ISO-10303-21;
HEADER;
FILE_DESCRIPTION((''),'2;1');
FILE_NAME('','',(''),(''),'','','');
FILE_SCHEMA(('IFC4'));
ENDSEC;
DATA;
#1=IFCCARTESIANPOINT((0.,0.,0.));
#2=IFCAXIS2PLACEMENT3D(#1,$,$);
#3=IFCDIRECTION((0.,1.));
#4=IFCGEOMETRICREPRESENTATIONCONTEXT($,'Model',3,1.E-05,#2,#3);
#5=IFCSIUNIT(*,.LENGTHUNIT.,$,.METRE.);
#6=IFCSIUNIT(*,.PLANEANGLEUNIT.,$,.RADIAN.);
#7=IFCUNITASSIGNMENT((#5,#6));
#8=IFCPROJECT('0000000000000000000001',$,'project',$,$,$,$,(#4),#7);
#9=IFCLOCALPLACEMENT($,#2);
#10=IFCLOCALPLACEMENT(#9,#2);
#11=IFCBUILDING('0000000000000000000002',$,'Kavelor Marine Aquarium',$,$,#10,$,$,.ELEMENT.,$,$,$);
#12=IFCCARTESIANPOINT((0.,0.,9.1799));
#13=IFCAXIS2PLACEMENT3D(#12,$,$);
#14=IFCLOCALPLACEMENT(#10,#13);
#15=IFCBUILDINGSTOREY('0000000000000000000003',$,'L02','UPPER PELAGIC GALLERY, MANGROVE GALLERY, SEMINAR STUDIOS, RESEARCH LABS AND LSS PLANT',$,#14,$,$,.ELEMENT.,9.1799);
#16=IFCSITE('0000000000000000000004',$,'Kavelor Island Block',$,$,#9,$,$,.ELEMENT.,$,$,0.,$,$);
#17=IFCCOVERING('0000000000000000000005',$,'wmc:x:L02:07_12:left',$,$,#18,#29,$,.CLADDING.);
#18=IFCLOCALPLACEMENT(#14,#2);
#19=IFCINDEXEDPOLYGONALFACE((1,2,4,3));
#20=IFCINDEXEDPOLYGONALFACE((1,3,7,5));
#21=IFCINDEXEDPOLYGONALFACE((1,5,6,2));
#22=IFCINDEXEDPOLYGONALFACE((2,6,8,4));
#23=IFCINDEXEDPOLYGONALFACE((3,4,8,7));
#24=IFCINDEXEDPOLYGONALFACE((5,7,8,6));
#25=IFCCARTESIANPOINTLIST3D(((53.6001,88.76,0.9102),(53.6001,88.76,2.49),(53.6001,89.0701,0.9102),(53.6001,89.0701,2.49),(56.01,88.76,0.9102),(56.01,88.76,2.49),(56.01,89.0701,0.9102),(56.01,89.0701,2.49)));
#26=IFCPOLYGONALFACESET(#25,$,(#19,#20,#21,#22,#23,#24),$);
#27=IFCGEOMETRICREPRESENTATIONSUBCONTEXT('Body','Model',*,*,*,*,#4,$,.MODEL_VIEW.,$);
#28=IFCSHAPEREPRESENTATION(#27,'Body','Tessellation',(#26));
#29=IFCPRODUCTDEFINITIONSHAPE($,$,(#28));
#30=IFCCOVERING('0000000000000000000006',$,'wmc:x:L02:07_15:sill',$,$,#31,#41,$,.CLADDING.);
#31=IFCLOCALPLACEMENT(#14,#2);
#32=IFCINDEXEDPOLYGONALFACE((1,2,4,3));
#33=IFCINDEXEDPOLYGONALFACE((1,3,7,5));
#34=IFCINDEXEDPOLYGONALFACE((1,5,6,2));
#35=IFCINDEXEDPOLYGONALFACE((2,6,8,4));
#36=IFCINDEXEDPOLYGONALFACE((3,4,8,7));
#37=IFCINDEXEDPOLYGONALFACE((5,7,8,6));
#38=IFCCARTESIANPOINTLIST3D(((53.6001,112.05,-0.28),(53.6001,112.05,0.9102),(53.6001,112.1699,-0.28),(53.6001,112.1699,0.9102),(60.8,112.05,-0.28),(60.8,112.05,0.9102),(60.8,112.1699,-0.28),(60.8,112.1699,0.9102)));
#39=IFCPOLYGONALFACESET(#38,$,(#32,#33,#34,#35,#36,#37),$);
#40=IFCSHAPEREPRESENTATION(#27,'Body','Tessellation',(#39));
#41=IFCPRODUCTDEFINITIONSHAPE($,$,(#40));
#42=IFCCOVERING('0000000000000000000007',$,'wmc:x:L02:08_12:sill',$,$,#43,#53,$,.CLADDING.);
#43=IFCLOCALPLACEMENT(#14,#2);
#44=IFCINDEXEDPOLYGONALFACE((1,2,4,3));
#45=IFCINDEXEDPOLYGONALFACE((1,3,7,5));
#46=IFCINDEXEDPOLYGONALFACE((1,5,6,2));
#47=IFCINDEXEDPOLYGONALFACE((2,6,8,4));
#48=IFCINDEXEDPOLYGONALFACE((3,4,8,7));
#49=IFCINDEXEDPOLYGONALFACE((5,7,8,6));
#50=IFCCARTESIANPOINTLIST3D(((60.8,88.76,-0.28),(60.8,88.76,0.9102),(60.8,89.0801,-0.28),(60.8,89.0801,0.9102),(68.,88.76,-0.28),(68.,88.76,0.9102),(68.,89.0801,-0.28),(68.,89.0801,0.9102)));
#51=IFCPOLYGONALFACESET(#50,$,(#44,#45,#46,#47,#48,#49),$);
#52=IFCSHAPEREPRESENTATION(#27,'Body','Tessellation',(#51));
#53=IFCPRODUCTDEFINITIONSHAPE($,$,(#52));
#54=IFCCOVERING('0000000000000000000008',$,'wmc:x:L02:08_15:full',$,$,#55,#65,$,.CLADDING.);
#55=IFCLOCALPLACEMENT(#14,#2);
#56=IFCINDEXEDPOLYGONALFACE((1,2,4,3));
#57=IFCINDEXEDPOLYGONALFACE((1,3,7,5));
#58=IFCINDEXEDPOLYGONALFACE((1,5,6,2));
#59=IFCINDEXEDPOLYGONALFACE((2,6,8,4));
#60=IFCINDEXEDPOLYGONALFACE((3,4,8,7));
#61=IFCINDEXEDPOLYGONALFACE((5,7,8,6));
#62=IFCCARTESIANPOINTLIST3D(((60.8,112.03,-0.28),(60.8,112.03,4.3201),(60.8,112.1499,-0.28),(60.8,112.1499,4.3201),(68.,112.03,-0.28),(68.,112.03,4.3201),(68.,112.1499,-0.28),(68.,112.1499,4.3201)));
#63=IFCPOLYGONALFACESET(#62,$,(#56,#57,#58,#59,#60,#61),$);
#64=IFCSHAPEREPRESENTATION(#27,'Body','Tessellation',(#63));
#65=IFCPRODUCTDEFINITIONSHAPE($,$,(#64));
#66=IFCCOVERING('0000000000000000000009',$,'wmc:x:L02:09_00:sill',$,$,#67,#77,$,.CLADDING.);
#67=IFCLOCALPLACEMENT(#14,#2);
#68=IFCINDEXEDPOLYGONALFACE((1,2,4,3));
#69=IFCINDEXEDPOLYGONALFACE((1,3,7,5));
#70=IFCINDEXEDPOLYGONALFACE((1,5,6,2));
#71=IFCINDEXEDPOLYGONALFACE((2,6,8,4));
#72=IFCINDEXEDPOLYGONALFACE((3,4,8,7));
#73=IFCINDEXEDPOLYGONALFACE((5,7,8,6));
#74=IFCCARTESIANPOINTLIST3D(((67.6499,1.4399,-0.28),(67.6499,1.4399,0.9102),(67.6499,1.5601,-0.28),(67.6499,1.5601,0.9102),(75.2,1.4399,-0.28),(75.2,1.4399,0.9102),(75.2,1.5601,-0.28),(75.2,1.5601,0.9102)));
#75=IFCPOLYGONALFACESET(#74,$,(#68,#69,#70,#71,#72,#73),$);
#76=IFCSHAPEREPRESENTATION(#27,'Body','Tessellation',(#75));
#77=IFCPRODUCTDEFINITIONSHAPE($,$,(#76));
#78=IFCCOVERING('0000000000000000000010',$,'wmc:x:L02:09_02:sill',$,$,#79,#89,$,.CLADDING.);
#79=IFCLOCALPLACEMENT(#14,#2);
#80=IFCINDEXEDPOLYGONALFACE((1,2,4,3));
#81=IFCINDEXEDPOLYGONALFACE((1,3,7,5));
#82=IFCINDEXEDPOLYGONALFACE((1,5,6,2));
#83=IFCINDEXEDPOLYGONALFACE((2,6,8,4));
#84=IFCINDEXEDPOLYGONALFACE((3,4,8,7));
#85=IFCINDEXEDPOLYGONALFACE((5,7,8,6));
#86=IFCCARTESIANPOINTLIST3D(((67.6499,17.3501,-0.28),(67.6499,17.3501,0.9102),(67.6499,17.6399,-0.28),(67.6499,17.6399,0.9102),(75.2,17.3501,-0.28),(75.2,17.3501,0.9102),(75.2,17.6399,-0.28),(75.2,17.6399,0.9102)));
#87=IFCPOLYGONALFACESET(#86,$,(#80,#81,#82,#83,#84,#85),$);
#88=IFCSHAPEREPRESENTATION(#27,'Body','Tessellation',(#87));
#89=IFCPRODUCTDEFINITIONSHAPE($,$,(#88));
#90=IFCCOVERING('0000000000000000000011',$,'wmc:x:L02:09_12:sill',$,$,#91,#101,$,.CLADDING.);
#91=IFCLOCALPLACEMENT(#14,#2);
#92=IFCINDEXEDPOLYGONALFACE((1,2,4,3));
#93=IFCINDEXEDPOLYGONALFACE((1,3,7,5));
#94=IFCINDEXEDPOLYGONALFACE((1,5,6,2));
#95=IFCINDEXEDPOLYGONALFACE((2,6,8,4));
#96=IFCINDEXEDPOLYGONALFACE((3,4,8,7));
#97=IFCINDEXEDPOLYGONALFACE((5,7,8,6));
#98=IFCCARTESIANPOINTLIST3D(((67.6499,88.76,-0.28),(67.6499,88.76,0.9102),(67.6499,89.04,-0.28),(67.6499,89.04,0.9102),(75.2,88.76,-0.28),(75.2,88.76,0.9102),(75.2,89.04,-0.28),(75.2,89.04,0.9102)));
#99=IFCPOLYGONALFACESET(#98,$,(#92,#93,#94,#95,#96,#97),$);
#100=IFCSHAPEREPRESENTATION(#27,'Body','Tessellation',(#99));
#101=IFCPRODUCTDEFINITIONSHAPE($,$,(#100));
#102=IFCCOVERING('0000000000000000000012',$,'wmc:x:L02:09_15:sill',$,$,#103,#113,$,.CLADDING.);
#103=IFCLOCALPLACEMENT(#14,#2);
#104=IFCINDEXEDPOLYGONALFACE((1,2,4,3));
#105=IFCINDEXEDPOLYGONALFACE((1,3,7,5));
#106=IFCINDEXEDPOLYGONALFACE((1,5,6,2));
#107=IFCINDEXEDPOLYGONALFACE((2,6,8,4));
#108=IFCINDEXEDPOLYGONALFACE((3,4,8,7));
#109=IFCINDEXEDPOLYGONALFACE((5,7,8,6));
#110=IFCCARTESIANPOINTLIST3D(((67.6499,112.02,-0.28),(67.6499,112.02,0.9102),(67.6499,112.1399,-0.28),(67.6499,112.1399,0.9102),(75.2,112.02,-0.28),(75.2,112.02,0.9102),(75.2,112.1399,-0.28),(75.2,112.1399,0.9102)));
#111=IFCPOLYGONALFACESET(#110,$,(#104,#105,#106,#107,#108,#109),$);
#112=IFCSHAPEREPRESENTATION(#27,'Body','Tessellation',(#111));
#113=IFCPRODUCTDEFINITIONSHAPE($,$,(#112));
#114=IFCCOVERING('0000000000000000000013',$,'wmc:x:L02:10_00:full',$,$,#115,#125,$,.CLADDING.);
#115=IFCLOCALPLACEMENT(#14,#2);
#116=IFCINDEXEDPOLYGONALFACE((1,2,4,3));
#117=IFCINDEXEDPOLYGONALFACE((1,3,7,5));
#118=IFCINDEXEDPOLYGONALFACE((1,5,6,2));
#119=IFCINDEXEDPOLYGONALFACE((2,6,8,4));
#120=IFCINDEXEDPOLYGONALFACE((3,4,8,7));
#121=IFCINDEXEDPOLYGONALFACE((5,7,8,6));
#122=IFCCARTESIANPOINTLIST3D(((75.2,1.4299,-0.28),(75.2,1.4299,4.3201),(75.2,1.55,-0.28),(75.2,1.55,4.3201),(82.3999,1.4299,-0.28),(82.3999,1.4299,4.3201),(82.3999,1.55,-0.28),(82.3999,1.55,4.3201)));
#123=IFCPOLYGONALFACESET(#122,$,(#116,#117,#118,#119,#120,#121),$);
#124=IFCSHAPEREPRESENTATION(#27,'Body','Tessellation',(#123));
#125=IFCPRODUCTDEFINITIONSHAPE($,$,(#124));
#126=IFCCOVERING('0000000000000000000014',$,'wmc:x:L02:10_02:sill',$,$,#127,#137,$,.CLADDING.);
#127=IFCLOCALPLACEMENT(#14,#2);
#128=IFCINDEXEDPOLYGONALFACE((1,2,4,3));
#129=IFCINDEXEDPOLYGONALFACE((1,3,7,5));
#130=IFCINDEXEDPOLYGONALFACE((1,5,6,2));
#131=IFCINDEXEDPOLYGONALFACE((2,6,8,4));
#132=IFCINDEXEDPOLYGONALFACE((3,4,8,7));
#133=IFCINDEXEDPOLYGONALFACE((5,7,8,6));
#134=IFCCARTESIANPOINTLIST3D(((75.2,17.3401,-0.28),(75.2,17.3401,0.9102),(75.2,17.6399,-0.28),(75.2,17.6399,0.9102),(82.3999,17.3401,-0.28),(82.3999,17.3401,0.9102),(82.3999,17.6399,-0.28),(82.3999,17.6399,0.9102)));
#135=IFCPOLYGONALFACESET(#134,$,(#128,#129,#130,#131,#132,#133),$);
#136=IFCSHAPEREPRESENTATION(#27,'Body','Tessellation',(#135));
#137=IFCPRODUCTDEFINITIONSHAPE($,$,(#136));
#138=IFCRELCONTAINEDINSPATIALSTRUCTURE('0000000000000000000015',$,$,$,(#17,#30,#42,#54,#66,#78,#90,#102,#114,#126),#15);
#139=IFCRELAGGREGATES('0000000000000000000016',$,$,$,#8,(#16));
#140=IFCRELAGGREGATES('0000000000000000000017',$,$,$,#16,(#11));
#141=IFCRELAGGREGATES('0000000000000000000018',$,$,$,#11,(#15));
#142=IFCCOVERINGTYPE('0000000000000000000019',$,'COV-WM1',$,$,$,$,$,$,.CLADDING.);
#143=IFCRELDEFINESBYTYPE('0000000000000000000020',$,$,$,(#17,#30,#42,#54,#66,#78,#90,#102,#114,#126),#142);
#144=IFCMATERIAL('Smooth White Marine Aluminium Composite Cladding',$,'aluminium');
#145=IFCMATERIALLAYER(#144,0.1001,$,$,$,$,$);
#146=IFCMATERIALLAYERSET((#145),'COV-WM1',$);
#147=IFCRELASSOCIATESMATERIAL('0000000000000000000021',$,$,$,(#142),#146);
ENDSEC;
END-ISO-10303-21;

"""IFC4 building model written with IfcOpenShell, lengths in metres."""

from ifc_helpers import new_model, si_unit, direction, frame, origin, place, context, subcontext, project, spatial, polyline, outline, extrude, material, layer, layer_set, type_object, element, save


model = new_model("IFC4")

# Units and contexts
model_context = context("Model", 3, precision=1e-05, world=origin(), true_north=direction((0.0, 1.0)))
body_context = subcontext(model_context, "Body", "Model", "MODEL_VIEW")
ifc_project = project(units=[si_unit("LENGTHUNIT", "METRE"), si_unit("PLANEANGLEUNIT", "RADIAN")], contexts=[model_context])

# Site, building, storey
site_placement = place(None, origin())
site = spatial("IfcSite", under=ifc_project, at=site_placement, Name="Kavelor Island Block", CompositionType="ELEMENT", RefElevation=0.0)
building_placement = place(site_placement, origin())
building = spatial("IfcBuilding", under=site, at=building_placement, Name="Kavelor Marine Aquarium", CompositionType="ELEMENT")
storey_placement = place(building_placement, frame((0.0, 0.0, 9.1799)))
storey = spatial("IfcBuildingStorey", under=building, at=storey_placement, Name="L02", Description="UPPER PELAGIC GALLERY, MANGROVE GALLERY, SEMINAR STUDIOS, RESEARCH LABS AND LSS PLANT", CompositionType="ELEMENT", Elevation=9.1799)

# Coverings
ifc_material_1 = material(Name="Smooth White Marine Aluminium Composite Cladding", Category="aluminium")
ifc_layer_1 = layer(ifc_material_1, 0.1001)
ifc_layer_set_1 = layer_set([ifc_layer_1], Name="COV-WM1")
covering_type = type_object("IfcCoveringType", Name="COV-WM1", PredefinedType="CLADDING", material=ifc_layer_set_1)
covering_1_placement = place(storey_placement, frame((0.0, 0.0, 0.9102)))
element("IfcCovering", 1, at=covering_1_placement, inside=storey, type_object=covering_type, Name="wmc:x:L02:07_12:left", PredefinedType="CLADDING", context=body_context, shape_type="SweptSolid", body=[
    extrude(outline(polyline([(53.6001, 88.76), (56.01, 88.76), (56.01, 89.0701), (53.6001, 89.0701), (53.6001, 88.76)])), origin(), (0.0, 0.0, 1.0), 1.5798),
])
covering_2_placement = place(storey_placement, frame((0.0, 0.0, -0.28)))
element("IfcCovering", 2, at=covering_2_placement, inside=storey, type_object=covering_type, Name="wmc:x:L02:07_15:sill", PredefinedType="CLADDING", context=body_context, shape_type="SweptSolid", body=[
    extrude(outline(polyline([(53.6001, 112.05), (60.8, 112.05), (60.8, 112.1699), (53.6001, 112.1699), (53.6001, 112.05)])), origin(), (0.0, 0.0, 1.0), 1.1902),
])
covering_3_placement = place(storey_placement, frame((0.0, 0.0, -0.28)))
element("IfcCovering", 3, at=covering_3_placement, inside=storey, type_object=covering_type, Name="wmc:x:L02:08_12:sill", PredefinedType="CLADDING", context=body_context, shape_type="SweptSolid", body=[
    extrude(outline(polyline([(60.8, 88.76), (68.0, 88.76), (68.0, 89.0801), (60.8, 89.0801), (60.8, 88.76)])), origin(), (0.0, 0.0, 1.0), 1.1902),
])
covering_4_placement = place(storey_placement, frame((0.0, 0.0, -0.28)))
element("IfcCovering", 4, at=covering_4_placement, inside=storey, type_object=covering_type, Name="wmc:x:L02:08_15:full", PredefinedType="CLADDING", context=body_context, shape_type="SweptSolid", body=[
    extrude(outline(polyline([(60.8, 112.03), (68.0, 112.03), (68.0, 112.1499), (60.8, 112.1499), (60.8, 112.03)])), origin(), (0.0, 0.0, 1.0), 4.6001),
])
covering_5_placement = place(storey_placement, frame((0.0, 0.0, -0.28)))
element("IfcCovering", 5, at=covering_5_placement, inside=storey, type_object=covering_type, Name="wmc:x:L02:09_00:sill", PredefinedType="CLADDING", context=body_context, shape_type="SweptSolid", body=[
    extrude(outline(polyline([(67.6499, 1.4399), (75.2, 1.4399), (75.2, 1.5601), (67.6499, 1.5601), (67.6499, 1.4399)])), origin(), (0.0, 0.0, 1.0), 1.1902),
])
covering_6_placement = place(storey_placement, frame((0.0, 0.0, -0.28)))
element("IfcCovering", 6, at=covering_6_placement, inside=storey, type_object=covering_type, Name="wmc:x:L02:09_02:sill", PredefinedType="CLADDING", context=body_context, shape_type="SweptSolid", body=[
    extrude(outline(polyline([(67.6499, 17.3501), (75.2, 17.3501), (75.2, 17.6399), (67.6499, 17.6399), (67.6499, 17.3501)])), origin(), (0.0, 0.0, 1.0), 1.1902),
])
covering_7_placement = place(storey_placement, frame((0.0, 0.0, -0.28)))
element("IfcCovering", 7, at=covering_7_placement, inside=storey, type_object=covering_type, Name="wmc:x:L02:09_12:sill", PredefinedType="CLADDING", context=body_context, shape_type="SweptSolid", body=[
    extrude(outline(polyline([(67.6499, 88.76), (75.2, 88.76), (75.2, 89.04), (67.6499, 89.04), (67.6499, 88.76)])), origin(), (0.0, 0.0, 1.0), 1.1902),
])
covering_8_placement = place(storey_placement, frame((0.0, 0.0, -0.28)))
element("IfcCovering", 8, at=covering_8_placement, inside=storey, type_object=covering_type, Name="wmc:x:L02:09_15:sill", PredefinedType="CLADDING", context=body_context, shape_type="SweptSolid", body=[
    extrude(outline(polyline([(67.6499, 112.02), (75.2, 112.02), (75.2, 112.1399), (67.6499, 112.1399), (67.6499, 112.02)])), origin(), (0.0, 0.0, 1.0), 1.1902),
])
covering_9_placement = place(storey_placement, frame((0.0, 0.0, -0.28)))
element("IfcCovering", 9, at=covering_9_placement, inside=storey, type_object=covering_type, Name="wmc:x:L02:10_00:full", PredefinedType="CLADDING", context=body_context, shape_type="SweptSolid", body=[
    extrude(outline(polyline([(75.2, 1.4299), (82.3999, 1.4299), (82.3999, 1.55), (75.2, 1.55), (75.2, 1.4299)])), origin(), (0.0, 0.0, 1.0), 4.6001),
])
covering_10_placement = place(storey_placement, frame((0.0, 0.0, -0.28)))
element("IfcCovering", 10, at=covering_10_placement, inside=storey, type_object=covering_type, Name="wmc:x:L02:10_02:sill", PredefinedType="CLADDING", context=body_context, shape_type="SweptSolid", body=[
    extrude(outline(polyline([(75.2, 17.3401), (82.3999, 17.3401), (82.3999, 17.6399), (75.2, 17.6399), (75.2, 17.3401)])), origin(), (0.0, 0.0, 1.0), 1.1902),
])

save(model, "model.ifc")
